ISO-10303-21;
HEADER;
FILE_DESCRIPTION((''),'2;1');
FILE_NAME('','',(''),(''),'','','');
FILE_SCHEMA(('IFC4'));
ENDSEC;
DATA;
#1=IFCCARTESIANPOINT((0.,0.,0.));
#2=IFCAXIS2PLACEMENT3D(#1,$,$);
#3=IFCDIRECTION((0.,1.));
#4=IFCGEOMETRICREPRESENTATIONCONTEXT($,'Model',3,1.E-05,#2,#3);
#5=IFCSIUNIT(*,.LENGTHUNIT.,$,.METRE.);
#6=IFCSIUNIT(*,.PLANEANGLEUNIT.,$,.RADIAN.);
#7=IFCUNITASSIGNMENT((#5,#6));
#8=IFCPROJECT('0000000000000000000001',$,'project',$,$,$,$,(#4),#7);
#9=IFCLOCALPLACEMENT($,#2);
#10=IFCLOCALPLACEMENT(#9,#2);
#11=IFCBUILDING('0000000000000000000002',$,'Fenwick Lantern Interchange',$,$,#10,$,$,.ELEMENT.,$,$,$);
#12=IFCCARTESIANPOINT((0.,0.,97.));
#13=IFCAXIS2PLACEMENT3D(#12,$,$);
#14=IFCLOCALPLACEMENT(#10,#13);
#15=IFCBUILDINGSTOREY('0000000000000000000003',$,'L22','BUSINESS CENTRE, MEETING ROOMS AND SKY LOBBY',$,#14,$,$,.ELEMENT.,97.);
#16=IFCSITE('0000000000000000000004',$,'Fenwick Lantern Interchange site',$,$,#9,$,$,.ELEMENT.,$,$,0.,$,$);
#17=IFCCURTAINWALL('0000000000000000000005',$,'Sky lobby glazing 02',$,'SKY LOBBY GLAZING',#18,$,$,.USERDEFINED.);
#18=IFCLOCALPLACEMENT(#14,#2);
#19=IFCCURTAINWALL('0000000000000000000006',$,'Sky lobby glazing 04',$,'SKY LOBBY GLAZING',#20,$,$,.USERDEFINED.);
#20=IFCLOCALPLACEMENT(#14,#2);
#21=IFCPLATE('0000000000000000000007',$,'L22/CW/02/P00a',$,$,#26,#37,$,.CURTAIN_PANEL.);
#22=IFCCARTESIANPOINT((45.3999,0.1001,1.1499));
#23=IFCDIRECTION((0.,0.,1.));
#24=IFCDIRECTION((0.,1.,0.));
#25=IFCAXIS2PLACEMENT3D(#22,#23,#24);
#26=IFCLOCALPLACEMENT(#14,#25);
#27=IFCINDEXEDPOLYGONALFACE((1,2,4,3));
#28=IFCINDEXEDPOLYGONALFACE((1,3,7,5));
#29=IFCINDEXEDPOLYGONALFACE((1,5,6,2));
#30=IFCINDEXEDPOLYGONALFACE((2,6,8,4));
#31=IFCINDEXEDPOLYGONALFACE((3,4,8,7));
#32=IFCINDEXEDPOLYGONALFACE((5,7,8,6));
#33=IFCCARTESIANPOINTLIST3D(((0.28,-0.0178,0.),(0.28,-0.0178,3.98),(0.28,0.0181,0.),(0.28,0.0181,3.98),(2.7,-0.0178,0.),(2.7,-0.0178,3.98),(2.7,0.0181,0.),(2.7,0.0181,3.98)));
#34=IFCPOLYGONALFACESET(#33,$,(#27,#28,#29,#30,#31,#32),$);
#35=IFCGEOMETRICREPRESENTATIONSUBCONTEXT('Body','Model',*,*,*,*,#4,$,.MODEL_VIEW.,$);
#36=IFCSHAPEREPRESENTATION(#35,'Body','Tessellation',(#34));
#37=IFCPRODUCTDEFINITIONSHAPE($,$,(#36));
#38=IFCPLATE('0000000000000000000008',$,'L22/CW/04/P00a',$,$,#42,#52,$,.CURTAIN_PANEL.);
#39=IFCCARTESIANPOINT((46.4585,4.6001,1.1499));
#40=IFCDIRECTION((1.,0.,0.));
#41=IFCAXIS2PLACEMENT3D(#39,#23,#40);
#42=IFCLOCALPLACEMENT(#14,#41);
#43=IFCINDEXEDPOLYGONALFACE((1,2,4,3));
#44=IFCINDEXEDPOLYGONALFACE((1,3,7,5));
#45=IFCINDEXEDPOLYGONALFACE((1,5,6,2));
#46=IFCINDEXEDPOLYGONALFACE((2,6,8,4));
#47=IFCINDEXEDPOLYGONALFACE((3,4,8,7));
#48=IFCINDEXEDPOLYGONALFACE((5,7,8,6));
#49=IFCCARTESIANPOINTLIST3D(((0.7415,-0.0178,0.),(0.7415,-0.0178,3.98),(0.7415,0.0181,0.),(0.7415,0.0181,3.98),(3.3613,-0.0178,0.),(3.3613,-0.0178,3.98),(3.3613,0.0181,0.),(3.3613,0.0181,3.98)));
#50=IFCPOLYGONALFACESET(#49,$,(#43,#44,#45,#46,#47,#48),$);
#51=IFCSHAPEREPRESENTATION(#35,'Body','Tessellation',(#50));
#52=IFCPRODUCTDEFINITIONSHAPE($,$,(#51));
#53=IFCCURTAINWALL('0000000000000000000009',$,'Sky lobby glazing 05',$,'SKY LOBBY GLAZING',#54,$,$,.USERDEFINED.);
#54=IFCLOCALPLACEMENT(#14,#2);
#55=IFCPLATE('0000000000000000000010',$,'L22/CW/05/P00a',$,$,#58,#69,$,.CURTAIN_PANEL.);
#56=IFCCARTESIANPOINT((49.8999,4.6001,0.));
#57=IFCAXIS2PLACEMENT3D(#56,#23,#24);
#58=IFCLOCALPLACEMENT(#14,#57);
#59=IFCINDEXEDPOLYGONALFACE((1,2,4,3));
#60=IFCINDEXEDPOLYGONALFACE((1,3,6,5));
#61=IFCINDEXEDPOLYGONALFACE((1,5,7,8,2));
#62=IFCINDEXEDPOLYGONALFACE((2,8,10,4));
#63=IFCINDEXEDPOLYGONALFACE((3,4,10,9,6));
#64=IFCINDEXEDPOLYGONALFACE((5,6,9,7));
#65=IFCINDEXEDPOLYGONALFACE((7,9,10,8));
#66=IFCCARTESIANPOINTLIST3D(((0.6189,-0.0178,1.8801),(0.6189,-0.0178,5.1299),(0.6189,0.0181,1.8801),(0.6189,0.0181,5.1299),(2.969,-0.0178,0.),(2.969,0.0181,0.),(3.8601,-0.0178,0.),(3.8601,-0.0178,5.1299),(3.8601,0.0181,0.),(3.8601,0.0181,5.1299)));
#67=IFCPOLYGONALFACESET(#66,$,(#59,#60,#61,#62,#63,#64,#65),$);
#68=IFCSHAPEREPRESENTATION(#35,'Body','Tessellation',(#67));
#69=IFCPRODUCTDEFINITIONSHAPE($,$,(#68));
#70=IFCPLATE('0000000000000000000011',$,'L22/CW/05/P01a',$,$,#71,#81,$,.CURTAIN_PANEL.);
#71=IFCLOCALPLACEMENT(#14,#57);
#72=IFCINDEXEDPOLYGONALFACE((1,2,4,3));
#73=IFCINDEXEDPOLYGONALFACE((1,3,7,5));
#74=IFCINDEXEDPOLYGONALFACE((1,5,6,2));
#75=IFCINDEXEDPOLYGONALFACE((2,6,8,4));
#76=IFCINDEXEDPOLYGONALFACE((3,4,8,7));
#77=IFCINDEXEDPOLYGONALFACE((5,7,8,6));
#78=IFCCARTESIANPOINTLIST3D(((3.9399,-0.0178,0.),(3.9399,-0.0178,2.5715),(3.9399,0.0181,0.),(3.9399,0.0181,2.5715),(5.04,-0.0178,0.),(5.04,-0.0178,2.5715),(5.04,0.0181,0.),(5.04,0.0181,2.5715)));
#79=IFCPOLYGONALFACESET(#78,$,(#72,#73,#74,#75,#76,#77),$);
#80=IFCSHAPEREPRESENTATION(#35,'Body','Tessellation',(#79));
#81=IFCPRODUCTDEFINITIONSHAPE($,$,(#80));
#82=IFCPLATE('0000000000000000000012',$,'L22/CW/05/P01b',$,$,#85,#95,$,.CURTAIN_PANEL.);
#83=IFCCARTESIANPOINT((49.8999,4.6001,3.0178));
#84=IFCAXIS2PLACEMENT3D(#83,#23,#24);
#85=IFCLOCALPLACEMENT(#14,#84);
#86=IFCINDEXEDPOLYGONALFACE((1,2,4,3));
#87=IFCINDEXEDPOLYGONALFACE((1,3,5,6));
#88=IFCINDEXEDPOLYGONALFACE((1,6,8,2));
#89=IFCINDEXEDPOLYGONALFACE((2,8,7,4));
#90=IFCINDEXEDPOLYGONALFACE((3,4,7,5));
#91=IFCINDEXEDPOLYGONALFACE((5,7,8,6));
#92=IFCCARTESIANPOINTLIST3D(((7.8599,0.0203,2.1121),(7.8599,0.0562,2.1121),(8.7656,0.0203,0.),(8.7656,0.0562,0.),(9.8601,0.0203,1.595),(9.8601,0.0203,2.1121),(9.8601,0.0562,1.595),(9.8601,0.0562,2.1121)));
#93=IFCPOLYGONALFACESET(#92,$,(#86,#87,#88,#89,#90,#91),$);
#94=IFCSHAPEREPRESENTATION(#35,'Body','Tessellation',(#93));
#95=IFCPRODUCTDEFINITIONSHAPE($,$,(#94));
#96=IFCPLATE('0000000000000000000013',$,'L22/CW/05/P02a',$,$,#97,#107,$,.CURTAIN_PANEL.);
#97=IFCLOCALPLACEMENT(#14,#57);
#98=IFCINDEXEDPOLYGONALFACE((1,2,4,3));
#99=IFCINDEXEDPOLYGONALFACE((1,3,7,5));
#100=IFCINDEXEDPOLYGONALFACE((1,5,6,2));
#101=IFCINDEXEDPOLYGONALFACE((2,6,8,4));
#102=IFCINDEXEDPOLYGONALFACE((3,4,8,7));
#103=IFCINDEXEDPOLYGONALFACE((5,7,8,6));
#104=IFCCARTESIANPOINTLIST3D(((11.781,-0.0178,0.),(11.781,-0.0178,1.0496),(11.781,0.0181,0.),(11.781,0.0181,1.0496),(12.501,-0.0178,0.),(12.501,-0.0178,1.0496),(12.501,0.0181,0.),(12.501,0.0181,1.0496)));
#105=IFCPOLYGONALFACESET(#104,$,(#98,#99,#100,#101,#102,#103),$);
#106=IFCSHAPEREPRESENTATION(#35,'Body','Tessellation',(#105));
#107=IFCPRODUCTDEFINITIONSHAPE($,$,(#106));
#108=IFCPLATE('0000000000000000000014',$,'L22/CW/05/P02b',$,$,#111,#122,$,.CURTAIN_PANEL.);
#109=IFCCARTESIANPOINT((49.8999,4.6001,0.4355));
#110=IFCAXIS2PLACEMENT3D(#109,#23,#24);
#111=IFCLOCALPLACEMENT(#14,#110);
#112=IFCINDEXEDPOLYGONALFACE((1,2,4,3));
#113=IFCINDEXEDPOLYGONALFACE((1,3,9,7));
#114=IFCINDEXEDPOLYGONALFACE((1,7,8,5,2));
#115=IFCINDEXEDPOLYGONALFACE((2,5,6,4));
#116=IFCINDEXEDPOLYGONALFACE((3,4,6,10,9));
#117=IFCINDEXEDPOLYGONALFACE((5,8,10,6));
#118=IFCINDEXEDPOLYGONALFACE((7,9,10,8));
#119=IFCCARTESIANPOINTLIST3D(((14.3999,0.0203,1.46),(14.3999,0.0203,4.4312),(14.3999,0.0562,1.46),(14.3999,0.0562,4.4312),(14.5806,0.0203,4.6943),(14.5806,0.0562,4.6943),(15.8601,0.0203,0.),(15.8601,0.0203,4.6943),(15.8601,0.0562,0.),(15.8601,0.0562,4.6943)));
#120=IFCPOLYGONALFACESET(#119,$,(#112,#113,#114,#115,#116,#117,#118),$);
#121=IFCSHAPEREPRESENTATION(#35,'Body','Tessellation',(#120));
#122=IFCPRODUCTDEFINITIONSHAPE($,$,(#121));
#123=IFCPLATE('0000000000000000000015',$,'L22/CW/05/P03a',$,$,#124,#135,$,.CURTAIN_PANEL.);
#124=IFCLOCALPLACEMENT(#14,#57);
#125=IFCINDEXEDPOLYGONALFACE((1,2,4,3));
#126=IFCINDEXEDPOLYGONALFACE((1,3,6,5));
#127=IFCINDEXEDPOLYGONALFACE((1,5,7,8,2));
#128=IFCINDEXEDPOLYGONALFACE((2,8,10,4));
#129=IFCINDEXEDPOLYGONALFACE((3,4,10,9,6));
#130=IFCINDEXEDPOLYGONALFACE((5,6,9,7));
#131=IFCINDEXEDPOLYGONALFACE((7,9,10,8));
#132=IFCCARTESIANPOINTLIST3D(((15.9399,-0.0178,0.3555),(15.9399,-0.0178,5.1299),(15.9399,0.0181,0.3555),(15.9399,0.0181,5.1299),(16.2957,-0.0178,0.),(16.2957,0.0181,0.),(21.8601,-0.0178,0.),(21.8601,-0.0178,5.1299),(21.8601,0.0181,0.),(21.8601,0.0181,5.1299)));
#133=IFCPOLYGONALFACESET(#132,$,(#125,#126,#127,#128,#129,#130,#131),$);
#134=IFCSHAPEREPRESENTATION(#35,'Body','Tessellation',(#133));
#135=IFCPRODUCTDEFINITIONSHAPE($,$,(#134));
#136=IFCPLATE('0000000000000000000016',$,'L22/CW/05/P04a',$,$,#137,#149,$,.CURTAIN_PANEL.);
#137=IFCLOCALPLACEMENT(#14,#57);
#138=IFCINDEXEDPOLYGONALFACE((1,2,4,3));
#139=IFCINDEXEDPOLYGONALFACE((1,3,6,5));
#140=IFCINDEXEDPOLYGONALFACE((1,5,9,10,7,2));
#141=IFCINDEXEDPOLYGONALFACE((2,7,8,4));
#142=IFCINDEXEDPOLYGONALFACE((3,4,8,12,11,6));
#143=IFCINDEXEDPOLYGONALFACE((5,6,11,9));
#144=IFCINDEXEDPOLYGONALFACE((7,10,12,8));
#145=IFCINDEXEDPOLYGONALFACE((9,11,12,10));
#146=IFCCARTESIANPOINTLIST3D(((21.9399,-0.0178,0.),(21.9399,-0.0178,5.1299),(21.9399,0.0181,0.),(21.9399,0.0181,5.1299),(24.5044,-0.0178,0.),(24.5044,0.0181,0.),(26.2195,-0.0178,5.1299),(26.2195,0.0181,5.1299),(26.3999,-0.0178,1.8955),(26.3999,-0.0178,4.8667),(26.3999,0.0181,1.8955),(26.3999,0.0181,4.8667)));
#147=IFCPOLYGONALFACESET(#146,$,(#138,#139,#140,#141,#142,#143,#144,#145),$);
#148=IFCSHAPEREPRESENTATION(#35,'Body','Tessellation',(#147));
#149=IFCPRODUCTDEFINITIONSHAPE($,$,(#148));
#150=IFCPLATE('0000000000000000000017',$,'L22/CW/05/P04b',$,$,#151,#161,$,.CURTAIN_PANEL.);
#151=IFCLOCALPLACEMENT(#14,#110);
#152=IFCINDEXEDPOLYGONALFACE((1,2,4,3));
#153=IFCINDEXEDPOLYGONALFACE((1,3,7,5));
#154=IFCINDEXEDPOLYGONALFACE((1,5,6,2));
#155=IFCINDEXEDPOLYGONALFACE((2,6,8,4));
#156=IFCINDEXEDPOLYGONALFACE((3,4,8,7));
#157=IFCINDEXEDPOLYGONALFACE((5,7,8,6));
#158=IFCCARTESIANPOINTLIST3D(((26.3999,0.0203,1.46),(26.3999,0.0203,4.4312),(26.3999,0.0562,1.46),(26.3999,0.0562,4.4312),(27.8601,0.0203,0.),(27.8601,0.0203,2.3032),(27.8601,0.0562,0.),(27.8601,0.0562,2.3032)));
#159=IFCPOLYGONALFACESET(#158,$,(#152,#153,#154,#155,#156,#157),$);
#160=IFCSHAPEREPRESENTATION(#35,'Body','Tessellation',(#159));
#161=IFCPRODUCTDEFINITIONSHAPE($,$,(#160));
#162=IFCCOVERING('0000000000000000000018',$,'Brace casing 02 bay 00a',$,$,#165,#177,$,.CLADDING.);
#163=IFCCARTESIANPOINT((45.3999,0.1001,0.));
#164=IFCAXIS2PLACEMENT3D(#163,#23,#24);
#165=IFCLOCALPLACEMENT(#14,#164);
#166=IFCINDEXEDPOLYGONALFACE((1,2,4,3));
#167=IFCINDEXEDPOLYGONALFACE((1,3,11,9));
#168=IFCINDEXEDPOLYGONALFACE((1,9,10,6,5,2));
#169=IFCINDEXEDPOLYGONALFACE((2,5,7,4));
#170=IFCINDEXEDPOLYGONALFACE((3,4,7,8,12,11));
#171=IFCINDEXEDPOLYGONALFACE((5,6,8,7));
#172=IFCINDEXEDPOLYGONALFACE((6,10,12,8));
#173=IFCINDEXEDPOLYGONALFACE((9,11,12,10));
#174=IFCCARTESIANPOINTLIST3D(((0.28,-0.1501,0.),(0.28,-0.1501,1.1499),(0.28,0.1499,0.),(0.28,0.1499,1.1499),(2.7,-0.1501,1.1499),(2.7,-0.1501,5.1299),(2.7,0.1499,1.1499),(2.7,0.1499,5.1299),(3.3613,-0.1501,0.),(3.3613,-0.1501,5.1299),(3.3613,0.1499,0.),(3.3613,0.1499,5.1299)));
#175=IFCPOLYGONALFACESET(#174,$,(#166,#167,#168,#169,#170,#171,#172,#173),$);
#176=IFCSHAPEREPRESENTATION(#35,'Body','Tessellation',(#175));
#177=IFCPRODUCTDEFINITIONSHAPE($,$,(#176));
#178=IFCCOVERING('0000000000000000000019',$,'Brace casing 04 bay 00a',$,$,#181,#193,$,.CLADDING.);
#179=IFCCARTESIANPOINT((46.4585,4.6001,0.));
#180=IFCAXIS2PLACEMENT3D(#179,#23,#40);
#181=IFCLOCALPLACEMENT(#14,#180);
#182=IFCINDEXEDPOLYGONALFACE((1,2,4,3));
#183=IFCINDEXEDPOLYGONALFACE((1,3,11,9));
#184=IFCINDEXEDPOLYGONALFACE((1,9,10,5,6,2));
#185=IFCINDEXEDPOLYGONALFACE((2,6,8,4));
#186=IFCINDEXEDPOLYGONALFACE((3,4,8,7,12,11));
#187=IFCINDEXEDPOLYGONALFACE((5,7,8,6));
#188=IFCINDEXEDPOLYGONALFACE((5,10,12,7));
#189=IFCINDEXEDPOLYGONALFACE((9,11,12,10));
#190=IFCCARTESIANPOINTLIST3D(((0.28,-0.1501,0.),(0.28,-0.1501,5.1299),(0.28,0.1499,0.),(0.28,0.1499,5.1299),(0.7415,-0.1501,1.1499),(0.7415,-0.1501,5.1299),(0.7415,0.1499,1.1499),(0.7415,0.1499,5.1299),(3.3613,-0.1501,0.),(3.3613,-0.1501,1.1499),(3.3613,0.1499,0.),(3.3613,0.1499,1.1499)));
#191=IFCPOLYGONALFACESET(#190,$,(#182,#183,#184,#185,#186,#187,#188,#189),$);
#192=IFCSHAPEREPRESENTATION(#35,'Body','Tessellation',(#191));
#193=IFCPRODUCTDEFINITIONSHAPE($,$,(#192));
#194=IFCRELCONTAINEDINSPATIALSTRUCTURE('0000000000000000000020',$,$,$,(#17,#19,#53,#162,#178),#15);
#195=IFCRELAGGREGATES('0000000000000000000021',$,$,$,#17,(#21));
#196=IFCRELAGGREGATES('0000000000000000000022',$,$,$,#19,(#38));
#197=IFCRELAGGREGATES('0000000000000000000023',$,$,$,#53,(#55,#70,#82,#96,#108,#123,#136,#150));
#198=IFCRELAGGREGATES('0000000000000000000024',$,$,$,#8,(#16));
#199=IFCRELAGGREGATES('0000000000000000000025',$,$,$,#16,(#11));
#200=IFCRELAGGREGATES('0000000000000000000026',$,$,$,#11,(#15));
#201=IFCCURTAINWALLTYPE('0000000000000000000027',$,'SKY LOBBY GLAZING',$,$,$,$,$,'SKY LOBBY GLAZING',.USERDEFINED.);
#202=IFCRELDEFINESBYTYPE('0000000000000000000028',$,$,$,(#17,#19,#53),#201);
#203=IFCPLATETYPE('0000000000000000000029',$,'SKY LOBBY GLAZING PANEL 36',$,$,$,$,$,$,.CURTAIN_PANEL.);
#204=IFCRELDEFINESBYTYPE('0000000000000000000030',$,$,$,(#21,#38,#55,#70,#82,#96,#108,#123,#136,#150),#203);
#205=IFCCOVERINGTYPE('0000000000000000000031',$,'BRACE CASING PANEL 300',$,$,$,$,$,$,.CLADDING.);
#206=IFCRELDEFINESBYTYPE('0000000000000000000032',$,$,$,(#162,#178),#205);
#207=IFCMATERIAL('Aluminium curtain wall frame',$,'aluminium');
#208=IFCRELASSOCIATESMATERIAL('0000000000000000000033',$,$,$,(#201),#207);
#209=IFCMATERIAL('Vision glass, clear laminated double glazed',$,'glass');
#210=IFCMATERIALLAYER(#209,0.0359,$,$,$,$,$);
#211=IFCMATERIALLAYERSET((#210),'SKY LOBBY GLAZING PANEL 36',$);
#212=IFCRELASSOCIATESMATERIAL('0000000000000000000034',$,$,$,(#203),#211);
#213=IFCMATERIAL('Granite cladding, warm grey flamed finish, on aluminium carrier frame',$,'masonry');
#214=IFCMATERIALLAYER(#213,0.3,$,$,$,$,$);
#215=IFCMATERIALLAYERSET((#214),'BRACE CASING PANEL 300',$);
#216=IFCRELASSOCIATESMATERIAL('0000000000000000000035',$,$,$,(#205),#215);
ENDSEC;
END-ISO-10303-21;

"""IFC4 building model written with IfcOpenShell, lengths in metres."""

from ifc_helpers import new_model, si_unit, direction, frame, origin, place, context, subcontext, project, spatial, polyline, outline, extrude, material, layer, layer_set, type_object, element, aggregate, save


model = new_model("IFC4")

# Units and contexts
model_context = context("Model", 3, precision=1e-05, world=origin(), true_north=direction((0.0, 1.0)))
body_context = subcontext(model_context, "Body", "Model", "MODEL_VIEW")
ifc_project = project(units=[si_unit("LENGTHUNIT", "METRE"), si_unit("PLANEANGLEUNIT", "RADIAN")], contexts=[model_context])

# Site, building, storey
site_placement = place(None, origin())
site = spatial("IfcSite", under=ifc_project, at=site_placement, Name="Fenwick Lantern Interchange site", CompositionType="ELEMENT", RefElevation=0.0)
building_placement = place(site_placement, origin())
building = spatial("IfcBuilding", under=site, at=building_placement, Name="Fenwick Lantern Interchange", CompositionType="ELEMENT")
storey_placement = place(building_placement, frame((0.0, 0.0, 97.0)))
storey = spatial("IfcBuildingStorey", under=building, at=storey_placement, Name="L22", Description="BUSINESS CENTRE, MEETING ROOMS AND SKY LOBBY", CompositionType="ELEMENT", Elevation=97.0)

# Shared definitions
ifc_material_1 = material(Name="Aluminium curtain wall frame", Category="aluminium")
curtain_wall_type = type_object("IfcCurtainWallType", Name="SKY LOBBY GLAZING", ElementType="SKY LOBBY GLAZING", PredefinedType="USERDEFINED", material=ifc_material_1)

# Curtain walls
curtain_wall_1_placement = place(storey_placement, origin())
curtain_wall_1 = element("IfcCurtainWall", 1, at=curtain_wall_1_placement, inside=storey, type_object=curtain_wall_type, Name="Sky lobby glazing 02", ObjectType="SKY LOBBY GLAZING", PredefinedType="USERDEFINED")
curtain_wall_2_placement = place(storey_placement, origin())
curtain_wall_2 = element("IfcCurtainWall", 2, at=curtain_wall_2_placement, inside=storey, type_object=curtain_wall_type, Name="Sky lobby glazing 04", ObjectType="SKY LOBBY GLAZING", PredefinedType="USERDEFINED")

# Plates
ifc_material_2 = material(Name="Vision glass, clear laminated double glazed", Category="glass")
ifc_layer_1 = layer(ifc_material_2, 0.0359)
ifc_layer_set_1 = layer_set([ifc_layer_1], Name="SKY LOBBY GLAZING PANEL 36")
plate_type = type_object("IfcPlateType", Name="SKY LOBBY GLAZING PANEL 36", PredefinedType="CURTAIN_PANEL", material=ifc_layer_set_1)
plate_1_placement = place(storey_placement, frame((45.3999, 0.1001, 1.1499), z_axis=(0.0, 0.0, 1.0), x_axis=(0.0, 1.0, 0.0)))
plate_1 = element("IfcPlate", 3, at=plate_1_placement, type_object=plate_type, Name="L22/CW/02/P00a", PredefinedType="CURTAIN_PANEL", context=body_context, shape_type="SweptSolid", body=[
    extrude(outline(polyline([(0.28, 0.0), (2.7, 0.0), (2.7, 3.98), (0.28, 3.98), (0.28, 0.0)])), frame((0.0, 0.0181, 0.0), z_axis=(0.0, -1.0, 0.0), x_axis=(1.0, 0.0, 0.0)), (0.0, 0.0, 1.0), 0.0359),
])
aggregate(curtain_wall_1, [plate_1])
plate_2_placement = place(storey_placement, frame((46.4585, 4.6001, 1.1499), z_axis=(0.0, 0.0, 1.0), x_axis=(1.0, 0.0, 0.0)))
plate_2 = element("IfcPlate", 4, at=plate_2_placement, type_object=plate_type, Name="L22/CW/04/P00a", PredefinedType="CURTAIN_PANEL", context=body_context, shape_type="SweptSolid", body=[
    extrude(outline(polyline([(0.7415, 0.0), (3.3613, 0.0), (3.3613, 3.98), (0.7415, 3.98), (0.7415, 0.0)])), frame((0.0, 0.0181, 0.0), z_axis=(0.0, -1.0, 0.0), x_axis=(1.0, 0.0, 0.0)), (0.0, 0.0, 1.0), 0.0359),
])
aggregate(curtain_wall_2, [plate_2])

# Curtain wall, plates
curtain_wall_3_placement = place(storey_placement, origin())
curtain_wall_3 = element("IfcCurtainWall", 5, at=curtain_wall_3_placement, inside=storey, type_object=curtain_wall_type, Name="Sky lobby glazing 05", ObjectType="SKY LOBBY GLAZING", PredefinedType="USERDEFINED")
plate_3_placement = place(storey_placement, frame((49.8999, 4.6001, 0.0), z_axis=(0.0, 0.0, 1.0), x_axis=(0.0, 1.0, 0.0)))
plate_3 = element("IfcPlate", 6, at=plate_3_placement, type_object=plate_type, Name="L22/CW/05/P00a", PredefinedType="CURTAIN_PANEL", context=body_context, shape_type="SweptSolid", body=[
    extrude(outline(polyline([(2.969, 0.0), (3.8601, 0.0), (3.8601, 5.1299), (0.6189, 5.1299), (0.6189, 1.8801), (2.969, 0.0)])), frame((0.0, 0.0181, 0.0), z_axis=(0.0, -1.0, 0.0), x_axis=(1.0, 0.0, 0.0)), (0.0, 0.0, 1.0), 0.0359),
])
plate_4_placement = place(storey_placement, frame((49.8999, 4.6001, 0.0), z_axis=(0.0, 0.0, 1.0), x_axis=(0.0, 1.0, 0.0)))
plate_4 = element("IfcPlate", 7, at=plate_4_placement, type_object=plate_type, Name="L22/CW/05/P01a", PredefinedType="CURTAIN_PANEL", context=body_context, shape_type="SweptSolid", body=[
    extrude(outline(polyline([(3.9399, 0.0), (5.04, 0.0), (5.04, 2.5715), (3.9399, 2.5715), (3.9399, 0.0)])), frame((0.0, 0.0181, 0.0), z_axis=(0.0, -1.0, 0.0), x_axis=(1.0, 0.0, 0.0)), (0.0, 0.0, 1.0), 0.0359),
])
plate_5_placement = place(storey_placement, frame((49.8999, 4.6001, 3.0178), z_axis=(0.0, 0.0, 1.0), x_axis=(0.0, 1.0, 0.0)))
plate_5 = element("IfcPlate", 8, at=plate_5_placement, type_object=plate_type, Name="L22/CW/05/P01b", PredefinedType="CURTAIN_PANEL", context=body_context, shape_type="SweptSolid", body=[
    extrude(outline(polyline([(8.7656, 0.0), (9.8601, 1.595), (9.8601, 2.1121), (7.8599, 2.1121), (8.7656, 0.0)])), frame((0.0, 0.0562, 0.0), z_axis=(0.0, -1.0, 0.0), x_axis=(1.0, 0.0, 0.0)), (0.0, 0.0, 1.0), 0.0359),
])
plate_6_placement = place(storey_placement, frame((49.8999, 4.6001, 0.0), z_axis=(0.0, 0.0, 1.0), x_axis=(0.0, 1.0, 0.0)))
plate_6 = element("IfcPlate", 9, at=plate_6_placement, type_object=plate_type, Name="L22/CW/05/P02a", PredefinedType="CURTAIN_PANEL", context=body_context, shape_type="SweptSolid", body=[
    extrude(outline(polyline([(11.781, 0.0), (12.501, 0.0), (12.501, 1.0496), (11.781, 1.0496), (11.781, 0.0)])), frame((0.0, 0.0181, 0.0), z_axis=(0.0, -1.0, 0.0), x_axis=(1.0, 0.0, 0.0)), (0.0, 0.0, 1.0), 0.0359),
])
plate_7_placement = place(storey_placement, frame((49.8999, 4.6001, 0.4355), z_axis=(0.0, 0.0, 1.0), x_axis=(0.0, 1.0, 0.0)))
plate_7 = element("IfcPlate", 10, at=plate_7_placement, type_object=plate_type, Name="L22/CW/05/P02b", PredefinedType="CURTAIN_PANEL", context=body_context, shape_type="SweptSolid", body=[
    extrude(outline(polyline([(15.8601, 0.0), (15.8601, 4.6943), (14.5806, 4.6943), (14.3999, 4.4312), (14.3999, 1.46), (15.8601, 0.0)])), frame((0.0, 0.0562, 0.0), z_axis=(0.0, -1.0, 0.0), x_axis=(1.0, 0.0, 0.0)), (0.0, 0.0, 1.0), 0.0359),
])
plate_8_placement = place(storey_placement, frame((49.8999, 4.6001, 0.0), z_axis=(0.0, 0.0, 1.0), x_axis=(0.0, 1.0, 0.0)))
plate_8 = element("IfcPlate", 11, at=plate_8_placement, type_object=plate_type, Name="L22/CW/05/P03a", PredefinedType="CURTAIN_PANEL", context=body_context, shape_type="SweptSolid", body=[
    extrude(outline(polyline([(16.2957, 0.0), (21.8601, 0.0), (21.8601, 5.1299), (15.9399, 5.1299), (15.9399, 0.3555), (16.2957, 0.0)])), frame((0.0, 0.0181, 0.0), z_axis=(0.0, -1.0, 0.0), x_axis=(1.0, 0.0, 0.0)), (0.0, 0.0, 1.0), 0.0359),
])
plate_9_placement = place(storey_placement, frame((49.8999, 4.6001, 0.0), z_axis=(0.0, 0.0, 1.0), x_axis=(0.0, 1.0, 0.0)))
plate_9 = element("IfcPlate", 12, at=plate_9_placement, type_object=plate_type, Name="L22/CW/05/P04a", PredefinedType="CURTAIN_PANEL", context=body_context, shape_type="SweptSolid", body=[
    extrude(outline(polyline([(21.9399, 0.0), (24.5044, 0.0), (26.3999, 1.8955), (26.3999, 4.8667), (26.2195, 5.1299), (21.9399, 5.1299), (21.9399, 0.0)])), frame((0.0, 0.0181, 0.0), z_axis=(0.0, -1.0, 0.0), x_axis=(1.0, 0.0, 0.0)), (0.0, 0.0, 1.0), 0.0359),
])
plate_10_placement = place(storey_placement, frame((49.8999, 4.6001, 0.4355), z_axis=(0.0, 0.0, 1.0), x_axis=(0.0, 1.0, 0.0)))
plate_10 = element("IfcPlate", 13, at=plate_10_placement, type_object=plate_type, Name="L22/CW/05/P04b", PredefinedType="CURTAIN_PANEL", context=body_context, shape_type="SweptSolid", body=[
    extrude(outline(polyline([(27.8601, 0.0), (27.8601, 2.3032), (26.3999, 4.4312), (26.3999, 1.46), (27.8601, 0.0)])), frame((0.0, 0.0562, 0.0), z_axis=(0.0, -1.0, 0.0), x_axis=(1.0, 0.0, 0.0)), (0.0, 0.0, 1.0), 0.0359),
])
aggregate(curtain_wall_3, [plate_3, plate_4, plate_5, plate_6, plate_7, plate_8, plate_9, plate_10])

# Coverings
ifc_material_3 = material(Name="Granite cladding, warm grey flamed finish, on aluminium carrier frame", Category="masonry")
ifc_layer_2 = layer(ifc_material_3, 0.3)
ifc_layer_set_2 = layer_set([ifc_layer_2], Name="BRACE CASING PANEL 300")
covering_type = type_object("IfcCoveringType", Name="BRACE CASING PANEL 300", PredefinedType="CLADDING", material=ifc_layer_set_2)
covering_1_placement = place(storey_placement, frame((45.3999, 0.1001, 0.0), z_axis=(0.0, 0.0, 1.0), x_axis=(0.0, 1.0, 0.0)))
element("IfcCovering", 14, at=covering_1_placement, inside=storey, type_object=covering_type, Name="Brace casing 02 bay 00a", PredefinedType="CLADDING", context=body_context, shape_type="SweptSolid", body=[
    extrude(outline(polyline([(0.28, 0.0), (3.3613, 0.0), (3.3613, 5.1299), (2.7, 5.1299), (2.7, 1.1499), (0.28, 1.1499), (0.28, 0.0)])), frame((0.0, 0.1499, 0.0), z_axis=(0.0, -1.0, 0.0), x_axis=(1.0, 0.0, 0.0)), (0.0, 0.0, 1.0), 0.3),
])
covering_2_placement = place(storey_placement, frame((46.4585, 4.6001, 0.0), z_axis=(0.0, 0.0, 1.0), x_axis=(1.0, 0.0, 0.0)))
element("IfcCovering", 15, at=covering_2_placement, inside=storey, type_object=covering_type, Name="Brace casing 04 bay 00a", PredefinedType="CLADDING", context=body_context, shape_type="SweptSolid", body=[
    extrude(outline(polyline([(0.28, 0.0), (3.3613, 0.0), (3.3613, 1.1499), (0.7415, 1.1499), (0.7415, 5.1299), (0.28, 5.1299), (0.28, 0.0)])), frame((0.0, 0.1499, 0.0), z_axis=(0.0, -1.0, 0.0), x_axis=(1.0, 0.0, 0.0)), (0.0, 0.0, 1.0), 0.3),
])

save(model, "model.ifc")
